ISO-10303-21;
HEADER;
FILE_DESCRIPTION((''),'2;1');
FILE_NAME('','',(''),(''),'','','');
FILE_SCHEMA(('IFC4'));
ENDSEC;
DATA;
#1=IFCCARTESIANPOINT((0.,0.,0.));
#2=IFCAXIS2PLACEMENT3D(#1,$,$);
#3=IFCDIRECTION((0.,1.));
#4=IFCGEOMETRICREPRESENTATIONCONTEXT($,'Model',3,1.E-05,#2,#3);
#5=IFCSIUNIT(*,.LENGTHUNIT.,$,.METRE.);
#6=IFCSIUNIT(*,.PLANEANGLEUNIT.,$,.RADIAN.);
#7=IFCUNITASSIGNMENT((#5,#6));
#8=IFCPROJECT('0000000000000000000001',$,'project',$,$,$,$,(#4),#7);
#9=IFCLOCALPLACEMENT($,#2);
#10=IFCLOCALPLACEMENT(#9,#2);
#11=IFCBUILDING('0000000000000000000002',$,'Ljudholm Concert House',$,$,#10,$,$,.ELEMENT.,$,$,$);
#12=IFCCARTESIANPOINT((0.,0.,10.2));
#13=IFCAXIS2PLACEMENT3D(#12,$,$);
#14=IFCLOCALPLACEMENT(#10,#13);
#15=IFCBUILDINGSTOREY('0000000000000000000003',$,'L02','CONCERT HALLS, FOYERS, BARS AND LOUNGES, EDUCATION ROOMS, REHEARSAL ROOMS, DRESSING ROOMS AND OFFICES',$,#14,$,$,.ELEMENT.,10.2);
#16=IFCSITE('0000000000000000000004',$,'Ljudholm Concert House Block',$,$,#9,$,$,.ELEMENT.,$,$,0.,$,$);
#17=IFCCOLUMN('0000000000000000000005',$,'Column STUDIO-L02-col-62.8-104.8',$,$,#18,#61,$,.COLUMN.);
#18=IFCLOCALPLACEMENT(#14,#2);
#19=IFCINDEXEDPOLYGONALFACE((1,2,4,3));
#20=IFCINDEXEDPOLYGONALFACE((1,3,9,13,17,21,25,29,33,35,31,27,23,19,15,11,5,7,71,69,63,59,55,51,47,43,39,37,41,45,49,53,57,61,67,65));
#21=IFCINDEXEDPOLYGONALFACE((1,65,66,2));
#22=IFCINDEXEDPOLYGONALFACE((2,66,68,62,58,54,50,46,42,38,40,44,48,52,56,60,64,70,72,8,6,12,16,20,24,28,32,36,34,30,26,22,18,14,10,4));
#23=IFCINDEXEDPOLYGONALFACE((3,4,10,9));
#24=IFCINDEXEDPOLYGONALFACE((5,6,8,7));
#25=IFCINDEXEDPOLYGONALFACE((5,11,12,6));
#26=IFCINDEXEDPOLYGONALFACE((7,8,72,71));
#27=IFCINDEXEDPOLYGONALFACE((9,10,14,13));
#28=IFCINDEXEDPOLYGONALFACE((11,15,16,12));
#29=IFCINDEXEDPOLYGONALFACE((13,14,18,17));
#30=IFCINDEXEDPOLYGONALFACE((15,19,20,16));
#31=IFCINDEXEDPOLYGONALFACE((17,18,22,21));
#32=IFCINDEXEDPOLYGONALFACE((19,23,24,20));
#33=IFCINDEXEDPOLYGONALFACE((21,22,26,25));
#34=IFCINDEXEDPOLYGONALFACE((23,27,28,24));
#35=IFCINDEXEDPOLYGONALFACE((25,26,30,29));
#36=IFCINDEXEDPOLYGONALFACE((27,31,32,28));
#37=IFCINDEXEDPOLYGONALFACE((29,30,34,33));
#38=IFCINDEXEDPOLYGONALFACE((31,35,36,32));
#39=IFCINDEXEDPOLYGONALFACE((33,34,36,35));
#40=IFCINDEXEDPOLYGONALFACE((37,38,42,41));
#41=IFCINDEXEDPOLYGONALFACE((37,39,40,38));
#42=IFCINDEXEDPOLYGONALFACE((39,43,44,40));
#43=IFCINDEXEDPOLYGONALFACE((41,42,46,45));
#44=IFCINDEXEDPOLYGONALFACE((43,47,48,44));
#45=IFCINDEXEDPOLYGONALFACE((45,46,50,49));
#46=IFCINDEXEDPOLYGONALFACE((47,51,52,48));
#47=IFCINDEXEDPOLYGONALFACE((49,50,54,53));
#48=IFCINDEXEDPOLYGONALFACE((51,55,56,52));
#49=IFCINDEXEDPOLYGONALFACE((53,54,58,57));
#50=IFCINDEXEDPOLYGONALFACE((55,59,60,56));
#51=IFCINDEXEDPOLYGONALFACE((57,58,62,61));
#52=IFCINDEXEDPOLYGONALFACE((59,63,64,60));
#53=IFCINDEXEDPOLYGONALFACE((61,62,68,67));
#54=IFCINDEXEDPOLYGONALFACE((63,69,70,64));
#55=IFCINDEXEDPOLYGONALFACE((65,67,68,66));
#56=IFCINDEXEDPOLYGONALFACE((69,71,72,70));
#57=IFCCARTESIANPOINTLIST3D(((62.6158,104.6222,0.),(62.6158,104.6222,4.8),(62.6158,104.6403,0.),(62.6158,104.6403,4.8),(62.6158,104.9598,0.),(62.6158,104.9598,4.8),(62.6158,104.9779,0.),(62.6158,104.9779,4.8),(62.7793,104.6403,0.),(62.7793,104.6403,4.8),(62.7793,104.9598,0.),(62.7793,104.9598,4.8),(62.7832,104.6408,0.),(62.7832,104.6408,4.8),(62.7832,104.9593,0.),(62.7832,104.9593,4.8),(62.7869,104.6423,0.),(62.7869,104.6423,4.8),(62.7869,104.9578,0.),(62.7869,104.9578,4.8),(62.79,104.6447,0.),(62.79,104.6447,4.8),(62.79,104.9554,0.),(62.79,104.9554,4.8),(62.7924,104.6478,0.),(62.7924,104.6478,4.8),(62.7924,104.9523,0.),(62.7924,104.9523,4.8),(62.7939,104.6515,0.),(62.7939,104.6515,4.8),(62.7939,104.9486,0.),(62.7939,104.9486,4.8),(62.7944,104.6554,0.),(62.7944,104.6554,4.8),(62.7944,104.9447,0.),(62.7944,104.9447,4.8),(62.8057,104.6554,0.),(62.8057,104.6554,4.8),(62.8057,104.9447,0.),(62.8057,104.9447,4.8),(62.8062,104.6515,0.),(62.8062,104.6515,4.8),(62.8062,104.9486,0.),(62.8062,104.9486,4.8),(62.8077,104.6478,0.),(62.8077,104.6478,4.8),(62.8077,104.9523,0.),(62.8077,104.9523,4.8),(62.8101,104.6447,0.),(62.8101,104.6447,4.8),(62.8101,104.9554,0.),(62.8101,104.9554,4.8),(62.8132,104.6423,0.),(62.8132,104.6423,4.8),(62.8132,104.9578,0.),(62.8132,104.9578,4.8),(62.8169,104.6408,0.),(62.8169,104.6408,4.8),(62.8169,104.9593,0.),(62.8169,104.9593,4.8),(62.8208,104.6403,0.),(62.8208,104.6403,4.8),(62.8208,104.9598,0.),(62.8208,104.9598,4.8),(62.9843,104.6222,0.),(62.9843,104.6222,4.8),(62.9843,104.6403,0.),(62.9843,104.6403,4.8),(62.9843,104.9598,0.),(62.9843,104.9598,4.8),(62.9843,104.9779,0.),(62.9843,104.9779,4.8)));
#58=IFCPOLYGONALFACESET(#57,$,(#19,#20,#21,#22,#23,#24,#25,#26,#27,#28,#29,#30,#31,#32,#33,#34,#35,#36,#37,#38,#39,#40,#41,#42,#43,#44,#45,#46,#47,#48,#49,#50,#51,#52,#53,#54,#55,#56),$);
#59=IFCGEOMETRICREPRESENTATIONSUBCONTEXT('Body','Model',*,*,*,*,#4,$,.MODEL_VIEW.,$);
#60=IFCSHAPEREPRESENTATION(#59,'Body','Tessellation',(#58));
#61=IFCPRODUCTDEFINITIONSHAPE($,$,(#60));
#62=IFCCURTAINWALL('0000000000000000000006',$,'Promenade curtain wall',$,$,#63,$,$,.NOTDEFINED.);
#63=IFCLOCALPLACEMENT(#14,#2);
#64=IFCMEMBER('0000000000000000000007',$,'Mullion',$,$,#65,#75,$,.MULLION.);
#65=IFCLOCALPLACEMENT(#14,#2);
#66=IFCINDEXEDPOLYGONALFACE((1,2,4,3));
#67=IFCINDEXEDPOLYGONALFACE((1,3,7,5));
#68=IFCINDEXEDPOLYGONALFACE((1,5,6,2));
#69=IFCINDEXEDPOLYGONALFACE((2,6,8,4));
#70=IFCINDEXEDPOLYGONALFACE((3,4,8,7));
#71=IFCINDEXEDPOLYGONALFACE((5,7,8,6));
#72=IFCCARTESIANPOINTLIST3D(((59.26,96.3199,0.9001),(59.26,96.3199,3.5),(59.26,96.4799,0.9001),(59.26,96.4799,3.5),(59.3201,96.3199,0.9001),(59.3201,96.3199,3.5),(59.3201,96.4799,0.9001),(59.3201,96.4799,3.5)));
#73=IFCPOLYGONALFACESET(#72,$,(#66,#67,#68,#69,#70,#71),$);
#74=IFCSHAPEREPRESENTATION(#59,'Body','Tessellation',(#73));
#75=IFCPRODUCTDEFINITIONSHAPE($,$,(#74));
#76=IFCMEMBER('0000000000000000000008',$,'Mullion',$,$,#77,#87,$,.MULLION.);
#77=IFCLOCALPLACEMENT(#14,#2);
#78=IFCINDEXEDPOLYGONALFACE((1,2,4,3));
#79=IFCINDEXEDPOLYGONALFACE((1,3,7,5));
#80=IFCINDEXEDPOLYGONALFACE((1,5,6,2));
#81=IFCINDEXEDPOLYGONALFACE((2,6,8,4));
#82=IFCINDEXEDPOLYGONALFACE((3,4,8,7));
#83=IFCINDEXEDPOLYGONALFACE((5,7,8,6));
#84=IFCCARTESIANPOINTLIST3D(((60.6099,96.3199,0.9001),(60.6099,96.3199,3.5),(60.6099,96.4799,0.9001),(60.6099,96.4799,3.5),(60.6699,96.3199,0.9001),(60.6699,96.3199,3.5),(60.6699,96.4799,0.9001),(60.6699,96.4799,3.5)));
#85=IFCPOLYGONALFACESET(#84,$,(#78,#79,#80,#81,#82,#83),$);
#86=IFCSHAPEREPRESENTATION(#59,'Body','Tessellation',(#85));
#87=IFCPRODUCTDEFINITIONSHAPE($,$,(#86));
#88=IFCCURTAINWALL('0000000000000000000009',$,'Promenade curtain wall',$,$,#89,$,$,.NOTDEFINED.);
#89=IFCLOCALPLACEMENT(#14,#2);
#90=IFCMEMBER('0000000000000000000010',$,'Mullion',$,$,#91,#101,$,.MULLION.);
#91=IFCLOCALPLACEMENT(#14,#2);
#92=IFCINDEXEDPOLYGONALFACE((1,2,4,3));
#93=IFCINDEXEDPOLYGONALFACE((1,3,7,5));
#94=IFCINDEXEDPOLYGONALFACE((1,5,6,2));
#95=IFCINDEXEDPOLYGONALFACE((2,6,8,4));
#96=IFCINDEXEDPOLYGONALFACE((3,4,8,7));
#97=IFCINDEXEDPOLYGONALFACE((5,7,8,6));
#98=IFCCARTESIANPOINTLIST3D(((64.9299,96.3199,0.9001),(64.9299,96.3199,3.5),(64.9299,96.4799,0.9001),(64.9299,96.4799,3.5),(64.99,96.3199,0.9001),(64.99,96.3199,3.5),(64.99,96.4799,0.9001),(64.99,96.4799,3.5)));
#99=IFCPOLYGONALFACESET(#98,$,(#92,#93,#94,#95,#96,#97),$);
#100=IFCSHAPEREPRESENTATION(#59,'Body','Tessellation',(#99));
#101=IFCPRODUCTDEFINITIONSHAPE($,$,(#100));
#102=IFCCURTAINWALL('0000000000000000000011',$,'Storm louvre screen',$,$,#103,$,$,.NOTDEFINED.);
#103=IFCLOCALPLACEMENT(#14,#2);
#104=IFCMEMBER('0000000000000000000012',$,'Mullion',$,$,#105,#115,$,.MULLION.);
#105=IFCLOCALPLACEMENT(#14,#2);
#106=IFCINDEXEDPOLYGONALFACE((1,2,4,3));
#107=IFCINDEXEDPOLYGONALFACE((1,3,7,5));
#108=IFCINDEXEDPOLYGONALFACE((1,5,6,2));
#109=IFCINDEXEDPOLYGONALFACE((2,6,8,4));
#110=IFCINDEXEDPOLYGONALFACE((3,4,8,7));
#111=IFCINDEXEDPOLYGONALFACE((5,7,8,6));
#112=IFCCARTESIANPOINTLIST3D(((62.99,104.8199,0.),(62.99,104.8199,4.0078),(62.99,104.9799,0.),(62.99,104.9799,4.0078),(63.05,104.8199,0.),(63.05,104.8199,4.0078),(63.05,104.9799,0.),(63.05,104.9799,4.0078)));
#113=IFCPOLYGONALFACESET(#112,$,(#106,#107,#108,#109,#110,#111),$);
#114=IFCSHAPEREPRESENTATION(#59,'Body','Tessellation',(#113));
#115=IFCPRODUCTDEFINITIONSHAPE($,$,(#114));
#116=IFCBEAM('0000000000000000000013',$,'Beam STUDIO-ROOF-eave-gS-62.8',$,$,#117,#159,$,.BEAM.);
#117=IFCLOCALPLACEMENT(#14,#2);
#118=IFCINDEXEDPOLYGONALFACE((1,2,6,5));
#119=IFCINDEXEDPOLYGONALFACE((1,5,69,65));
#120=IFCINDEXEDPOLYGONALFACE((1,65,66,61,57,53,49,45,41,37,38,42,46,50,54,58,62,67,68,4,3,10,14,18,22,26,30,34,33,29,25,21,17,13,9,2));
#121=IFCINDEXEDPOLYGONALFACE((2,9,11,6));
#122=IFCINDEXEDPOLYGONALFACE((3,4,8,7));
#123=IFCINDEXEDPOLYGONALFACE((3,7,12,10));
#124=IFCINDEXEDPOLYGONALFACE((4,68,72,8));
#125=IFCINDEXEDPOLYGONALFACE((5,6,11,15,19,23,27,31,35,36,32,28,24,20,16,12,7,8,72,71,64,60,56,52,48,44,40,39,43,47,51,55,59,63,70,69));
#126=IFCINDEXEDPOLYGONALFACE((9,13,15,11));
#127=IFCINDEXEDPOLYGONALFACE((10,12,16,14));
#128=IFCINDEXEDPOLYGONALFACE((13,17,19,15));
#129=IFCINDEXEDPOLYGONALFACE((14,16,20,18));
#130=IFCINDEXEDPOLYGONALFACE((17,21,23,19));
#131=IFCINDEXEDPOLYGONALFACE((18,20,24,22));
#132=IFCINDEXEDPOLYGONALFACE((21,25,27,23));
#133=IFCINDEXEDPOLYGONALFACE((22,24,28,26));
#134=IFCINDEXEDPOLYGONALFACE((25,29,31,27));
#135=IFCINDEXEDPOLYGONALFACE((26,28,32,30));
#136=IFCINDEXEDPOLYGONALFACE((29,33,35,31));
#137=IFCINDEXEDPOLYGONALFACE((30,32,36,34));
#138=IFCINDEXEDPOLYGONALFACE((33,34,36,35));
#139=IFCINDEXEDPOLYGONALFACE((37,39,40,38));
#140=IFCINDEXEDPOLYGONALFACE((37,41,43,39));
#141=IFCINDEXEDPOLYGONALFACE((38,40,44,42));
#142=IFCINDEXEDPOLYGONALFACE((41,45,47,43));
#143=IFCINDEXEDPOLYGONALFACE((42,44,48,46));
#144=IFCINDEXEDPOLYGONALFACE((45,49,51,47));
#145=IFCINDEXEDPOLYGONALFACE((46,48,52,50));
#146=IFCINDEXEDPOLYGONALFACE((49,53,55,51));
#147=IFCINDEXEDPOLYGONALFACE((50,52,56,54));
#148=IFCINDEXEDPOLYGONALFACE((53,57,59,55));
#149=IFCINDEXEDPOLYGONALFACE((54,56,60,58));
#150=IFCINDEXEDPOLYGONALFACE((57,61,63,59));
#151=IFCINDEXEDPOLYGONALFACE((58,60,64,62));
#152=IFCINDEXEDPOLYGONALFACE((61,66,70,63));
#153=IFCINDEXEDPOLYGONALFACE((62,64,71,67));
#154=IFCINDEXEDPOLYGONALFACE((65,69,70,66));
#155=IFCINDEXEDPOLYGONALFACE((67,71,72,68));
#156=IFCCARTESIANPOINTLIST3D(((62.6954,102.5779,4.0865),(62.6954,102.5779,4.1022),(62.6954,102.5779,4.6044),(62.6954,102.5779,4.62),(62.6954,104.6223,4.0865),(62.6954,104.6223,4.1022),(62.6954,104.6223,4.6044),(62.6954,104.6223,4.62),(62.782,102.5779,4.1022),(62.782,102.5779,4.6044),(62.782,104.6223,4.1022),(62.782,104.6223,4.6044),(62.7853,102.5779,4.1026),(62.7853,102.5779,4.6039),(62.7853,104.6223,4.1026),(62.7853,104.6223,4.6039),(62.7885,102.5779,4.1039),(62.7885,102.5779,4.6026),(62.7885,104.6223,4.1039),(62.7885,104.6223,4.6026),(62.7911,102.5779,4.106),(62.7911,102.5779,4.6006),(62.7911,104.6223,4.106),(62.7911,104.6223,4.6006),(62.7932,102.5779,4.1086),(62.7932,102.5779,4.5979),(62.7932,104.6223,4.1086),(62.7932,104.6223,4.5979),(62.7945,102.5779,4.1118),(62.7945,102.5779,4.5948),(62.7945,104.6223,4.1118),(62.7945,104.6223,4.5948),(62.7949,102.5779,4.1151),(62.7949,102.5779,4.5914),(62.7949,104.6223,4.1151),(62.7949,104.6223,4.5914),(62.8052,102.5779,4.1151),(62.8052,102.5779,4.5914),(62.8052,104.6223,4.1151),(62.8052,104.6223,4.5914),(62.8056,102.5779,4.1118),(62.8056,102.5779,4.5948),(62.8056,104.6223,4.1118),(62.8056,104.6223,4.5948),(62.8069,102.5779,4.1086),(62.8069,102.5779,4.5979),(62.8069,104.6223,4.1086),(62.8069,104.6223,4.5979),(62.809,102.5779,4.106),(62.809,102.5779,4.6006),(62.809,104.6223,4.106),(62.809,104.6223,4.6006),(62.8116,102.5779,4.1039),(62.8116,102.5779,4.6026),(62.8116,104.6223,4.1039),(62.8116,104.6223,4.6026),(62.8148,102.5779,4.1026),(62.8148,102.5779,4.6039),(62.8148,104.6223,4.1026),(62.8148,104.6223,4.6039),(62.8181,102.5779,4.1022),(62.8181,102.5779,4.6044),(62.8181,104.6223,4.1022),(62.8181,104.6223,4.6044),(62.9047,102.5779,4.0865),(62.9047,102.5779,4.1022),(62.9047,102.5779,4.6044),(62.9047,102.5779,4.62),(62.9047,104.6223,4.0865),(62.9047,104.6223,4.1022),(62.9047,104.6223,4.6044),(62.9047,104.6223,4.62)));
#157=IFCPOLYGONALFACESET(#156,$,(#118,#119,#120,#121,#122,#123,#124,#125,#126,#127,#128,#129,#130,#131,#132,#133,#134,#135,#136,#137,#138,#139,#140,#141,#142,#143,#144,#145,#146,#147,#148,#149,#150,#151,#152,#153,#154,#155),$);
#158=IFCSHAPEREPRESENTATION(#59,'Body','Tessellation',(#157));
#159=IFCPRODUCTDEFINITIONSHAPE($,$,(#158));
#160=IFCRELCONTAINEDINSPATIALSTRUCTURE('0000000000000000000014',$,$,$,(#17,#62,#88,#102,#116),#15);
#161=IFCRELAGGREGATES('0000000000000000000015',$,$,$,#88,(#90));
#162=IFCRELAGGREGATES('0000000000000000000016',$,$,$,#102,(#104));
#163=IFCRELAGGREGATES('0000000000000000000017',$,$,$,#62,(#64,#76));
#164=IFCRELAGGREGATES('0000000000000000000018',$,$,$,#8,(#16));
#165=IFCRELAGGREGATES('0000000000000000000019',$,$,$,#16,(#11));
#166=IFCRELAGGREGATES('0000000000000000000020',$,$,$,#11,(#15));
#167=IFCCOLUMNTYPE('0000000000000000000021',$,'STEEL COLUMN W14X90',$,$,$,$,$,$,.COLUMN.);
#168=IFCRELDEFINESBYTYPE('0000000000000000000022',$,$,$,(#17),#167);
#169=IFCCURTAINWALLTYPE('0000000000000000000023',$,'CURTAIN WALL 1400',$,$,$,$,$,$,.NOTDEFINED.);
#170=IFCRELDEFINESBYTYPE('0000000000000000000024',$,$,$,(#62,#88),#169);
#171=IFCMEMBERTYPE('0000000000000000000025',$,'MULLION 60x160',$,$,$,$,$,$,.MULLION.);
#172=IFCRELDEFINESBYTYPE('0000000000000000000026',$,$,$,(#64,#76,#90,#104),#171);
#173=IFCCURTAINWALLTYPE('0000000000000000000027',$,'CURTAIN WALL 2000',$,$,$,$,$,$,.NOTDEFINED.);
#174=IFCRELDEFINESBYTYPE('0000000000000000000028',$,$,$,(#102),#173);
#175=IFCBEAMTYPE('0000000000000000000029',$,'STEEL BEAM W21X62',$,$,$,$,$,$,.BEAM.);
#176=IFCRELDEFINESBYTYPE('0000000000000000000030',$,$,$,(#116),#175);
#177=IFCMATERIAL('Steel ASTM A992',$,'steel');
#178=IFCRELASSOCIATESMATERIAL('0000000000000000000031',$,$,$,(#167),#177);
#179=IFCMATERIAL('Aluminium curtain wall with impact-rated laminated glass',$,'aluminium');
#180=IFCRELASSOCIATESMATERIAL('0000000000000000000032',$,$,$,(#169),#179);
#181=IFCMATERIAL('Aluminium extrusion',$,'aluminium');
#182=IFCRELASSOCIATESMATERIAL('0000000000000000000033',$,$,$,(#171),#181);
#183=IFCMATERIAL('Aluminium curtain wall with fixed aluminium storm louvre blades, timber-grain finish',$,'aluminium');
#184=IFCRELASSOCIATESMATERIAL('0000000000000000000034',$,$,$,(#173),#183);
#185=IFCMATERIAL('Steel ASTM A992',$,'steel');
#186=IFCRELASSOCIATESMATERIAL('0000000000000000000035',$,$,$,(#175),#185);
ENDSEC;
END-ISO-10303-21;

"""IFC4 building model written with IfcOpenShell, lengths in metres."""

from ifc_helpers import new_model, si_unit, direction, frame, origin, origin_2d, place, context, subcontext, project, spatial, rectangle, i_section, extrude, material, material_profile, profile_set, type_object, element, aggregate, save


model = new_model("IFC4")

# Units and contexts
model_context = context("Model", 3, precision=1e-05, world=origin(), true_north=direction((0.0, 1.0)))
body_context = subcontext(model_context, "Body", "Model", "MODEL_VIEW")
ifc_project = project(units=[si_unit("LENGTHUNIT", "METRE"), si_unit("PLANEANGLEUNIT", "RADIAN")], contexts=[model_context])

# Site, building, storey
site_placement = place(None, origin())
site = spatial("IfcSite", under=ifc_project, at=site_placement, Name="Ljudholm Concert House Block", CompositionType="ELEMENT", RefElevation=0.0)
building_placement = place(site_placement, origin())
building = spatial("IfcBuilding", under=site, at=building_placement, Name="Ljudholm Concert House", CompositionType="ELEMENT")
storey_placement = place(building_placement, frame((0.0, 0.0, 10.2)))
storey = spatial("IfcBuildingStorey", under=building, at=storey_placement, Name="L02", Description="CONCERT HALLS, FOYERS, BARS AND LOUNGES, EDUCATION ROOMS, REHEARSAL ROOMS, DRESSING ROOMS AND OFFICES", CompositionType="ELEMENT", Elevation=10.2)

# Column
ifc_material_1 = material(Name="Steel ASTM A992", Category="steel")
ifc_material_profile_1 = material_profile(ifc_material_1, i_section(OverallWidth=0.3684, OverallDepth=0.3557, WebThickness=0.0112, FlangeThickness=0.0181, FilletRadius=0.0151, at=origin_2d()), Name="W14X90")
ifc_profile_set_1 = profile_set([ifc_material_profile_1], Name="Steel ASTM A992")
column_type = type_object("IfcColumnType", Name="STEEL COLUMN W14X90", PredefinedType="COLUMN", material=ifc_profile_set_1)
column_placement = place(storey_placement, frame((62.8, 104.8, 0.0), z_axis=(0.0, 0.0, 1.0), x_axis=(1.0, 0.0, 0.0)))
element("IfcColumn", 1, at=column_placement, inside=storey, type_object=column_type, Name="Column STUDIO-L02-col-62.8-104.8", PredefinedType="COLUMN", context=body_context, shape_type="SweptSolid", body=[
    extrude(i_section(OverallWidth=0.3684, OverallDepth=0.3557, WebThickness=0.0112, FlangeThickness=0.0181, FilletRadius=0.0151, at=origin_2d()), origin(), (0.0, 0.0, 1.0), 4.8),
])

# Curtain wall, members
ifc_material_2 = material(Name="Aluminium curtain wall with impact-rated laminated glass", Category="aluminium")
curtain_wall_type_1 = type_object("IfcCurtainWallType", Name="CURTAIN WALL 1400", PredefinedType="NOTDEFINED", material=ifc_material_2)
curtain_wall_1_placement = place(storey_placement, origin())
curtain_wall_1 = element("IfcCurtainWall", 2, at=curtain_wall_1_placement, inside=storey, type_object=curtain_wall_type_1, Name="Promenade curtain wall", PredefinedType="NOTDEFINED")
ifc_material_3 = material(Name="Aluminium extrusion", Category="aluminium")
ifc_material_profile_2 = material_profile(ifc_material_3, rectangle(XDim=0.1599, YDim=0.0601, at=origin_2d()), Name="MULLION 60x160")
ifc_profile_set_2 = profile_set([ifc_material_profile_2], Name="Aluminium extrusion")
member_type_1 = type_object("IfcMemberType", Name="MULLION 60x160", PredefinedType="MULLION", material=ifc_profile_set_2)
member_1_placement = place(storey_placement, frame((59.29, 96.3999, 0.9001), z_axis=(0.0, 0.0, 1.0), x_axis=(0.0, 1.0, 0.0)))
member_1 = element("IfcMember", 3, at=member_1_placement, type_object=member_type_1, Name="Mullion", PredefinedType="MULLION", context=body_context, shape_type="SweptSolid", body=[
    extrude(rectangle(XDim=0.1599, YDim=0.0601, at=origin_2d()), origin(), (0.0, 0.0, 1.0), 2.5999),
])
member_2_placement = place(storey_placement, frame((60.6399, 96.3999, 0.9001), z_axis=(0.0, 0.0, 1.0), x_axis=(0.0, 1.0, 0.0)))
member_2 = element("IfcMember", 4, at=member_2_placement, type_object=member_type_1, Name="Mullion", PredefinedType="MULLION", context=body_context, shape_type="SweptSolid", body=[
    extrude(rectangle(XDim=0.1599, YDim=0.0601, at=origin_2d()), origin(), (0.0, 0.0, 1.0), 2.5999),
])

# Curtain walls, members
curtain_wall_2_placement = place(storey_placement, origin())
curtain_wall_2 = element("IfcCurtainWall", 5, at=curtain_wall_2_placement, inside=storey, type_object=curtain_wall_type_1, Name="Promenade curtain wall", PredefinedType="NOTDEFINED")
member_3_placement = place(storey_placement, frame((64.96, 96.3999, 0.9001), z_axis=(0.0, 0.0, 1.0), x_axis=(0.0, 1.0, 0.0)))
member_3 = element("IfcMember", 6, at=member_3_placement, type_object=member_type_1, Name="Mullion", PredefinedType="MULLION", context=body_context, shape_type="SweptSolid", body=[
    extrude(rectangle(XDim=0.1599, YDim=0.0601, at=origin_2d()), origin(), (0.0, 0.0, 1.0), 2.5999),
])
ifc_material_4 = material(Name="Aluminium curtain wall with fixed aluminium storm louvre blades, timber-grain finish", Category="aluminium")
curtain_wall_type_2 = type_object("IfcCurtainWallType", Name="CURTAIN WALL 2000", PredefinedType="NOTDEFINED", material=ifc_material_4)
curtain_wall_3_placement = place(storey_placement, origin())
curtain_wall_3 = element("IfcCurtainWall", 7, at=curtain_wall_3_placement, inside=storey, type_object=curtain_wall_type_2, Name="Storm louvre screen", PredefinedType="NOTDEFINED")
member_4_placement = place(storey_placement, frame((63.02, 104.8999, 0.0), z_axis=(0.0, 0.0, 1.0), x_axis=(0.0, 1.0, 0.0)))
member_4 = element("IfcMember", 8, at=member_4_placement, type_object=member_type_1, Name="Mullion", PredefinedType="MULLION", context=body_context, shape_type="SweptSolid", body=[
    extrude(rectangle(XDim=0.1599, YDim=0.0601, at=origin_2d()), origin(), (0.0, 0.0, 1.0), 4.0078),
])

# Beam
ifc_material_5 = material(Name="Steel ASTM A992", Category="steel")
ifc_material_profile_3 = material_profile(ifc_material_5, i_section(OverallWidth=0.2092, OverallDepth=0.5334, WebThickness=0.0103, FlangeThickness=0.0156, FilletRadius=0.0129, at=origin_2d()), Name="W21X62")
ifc_profile_set_3 = profile_set([ifc_material_profile_3], Name="Steel ASTM A992")
beam_type_1 = type_object("IfcBeamType", Name="STEEL BEAM W21X62", PredefinedType="BEAM", material=ifc_profile_set_3)
beam_1_placement = place(storey_placement, frame((62.8, 104.6223, 4.3533), z_axis=(0.0, -1.0, 0.0), x_axis=(1.0, 0.0, 0.0)))
element("IfcBeam", 9, at=beam_1_placement, inside=storey, type_object=beam_type_1, Name="Beam STUDIO-ROOF-eave-gS-62.8", PredefinedType="BEAM", context=body_context, shape_type="SweptSolid", body=[
    extrude(i_section(OverallWidth=0.2092, OverallDepth=0.5334, WebThickness=0.0103, FlangeThickness=0.0156, FilletRadius=0.0129, at=origin_2d()), origin(), (0.0, 0.0, 1.0), 2.0444),
])

aggregate(curtain_wall_2, [member_3])
aggregate(curtain_wall_3, [member_4])

aggregate(curtain_wall_1, [member_1, member_2])

save(model, "model.ifc")
